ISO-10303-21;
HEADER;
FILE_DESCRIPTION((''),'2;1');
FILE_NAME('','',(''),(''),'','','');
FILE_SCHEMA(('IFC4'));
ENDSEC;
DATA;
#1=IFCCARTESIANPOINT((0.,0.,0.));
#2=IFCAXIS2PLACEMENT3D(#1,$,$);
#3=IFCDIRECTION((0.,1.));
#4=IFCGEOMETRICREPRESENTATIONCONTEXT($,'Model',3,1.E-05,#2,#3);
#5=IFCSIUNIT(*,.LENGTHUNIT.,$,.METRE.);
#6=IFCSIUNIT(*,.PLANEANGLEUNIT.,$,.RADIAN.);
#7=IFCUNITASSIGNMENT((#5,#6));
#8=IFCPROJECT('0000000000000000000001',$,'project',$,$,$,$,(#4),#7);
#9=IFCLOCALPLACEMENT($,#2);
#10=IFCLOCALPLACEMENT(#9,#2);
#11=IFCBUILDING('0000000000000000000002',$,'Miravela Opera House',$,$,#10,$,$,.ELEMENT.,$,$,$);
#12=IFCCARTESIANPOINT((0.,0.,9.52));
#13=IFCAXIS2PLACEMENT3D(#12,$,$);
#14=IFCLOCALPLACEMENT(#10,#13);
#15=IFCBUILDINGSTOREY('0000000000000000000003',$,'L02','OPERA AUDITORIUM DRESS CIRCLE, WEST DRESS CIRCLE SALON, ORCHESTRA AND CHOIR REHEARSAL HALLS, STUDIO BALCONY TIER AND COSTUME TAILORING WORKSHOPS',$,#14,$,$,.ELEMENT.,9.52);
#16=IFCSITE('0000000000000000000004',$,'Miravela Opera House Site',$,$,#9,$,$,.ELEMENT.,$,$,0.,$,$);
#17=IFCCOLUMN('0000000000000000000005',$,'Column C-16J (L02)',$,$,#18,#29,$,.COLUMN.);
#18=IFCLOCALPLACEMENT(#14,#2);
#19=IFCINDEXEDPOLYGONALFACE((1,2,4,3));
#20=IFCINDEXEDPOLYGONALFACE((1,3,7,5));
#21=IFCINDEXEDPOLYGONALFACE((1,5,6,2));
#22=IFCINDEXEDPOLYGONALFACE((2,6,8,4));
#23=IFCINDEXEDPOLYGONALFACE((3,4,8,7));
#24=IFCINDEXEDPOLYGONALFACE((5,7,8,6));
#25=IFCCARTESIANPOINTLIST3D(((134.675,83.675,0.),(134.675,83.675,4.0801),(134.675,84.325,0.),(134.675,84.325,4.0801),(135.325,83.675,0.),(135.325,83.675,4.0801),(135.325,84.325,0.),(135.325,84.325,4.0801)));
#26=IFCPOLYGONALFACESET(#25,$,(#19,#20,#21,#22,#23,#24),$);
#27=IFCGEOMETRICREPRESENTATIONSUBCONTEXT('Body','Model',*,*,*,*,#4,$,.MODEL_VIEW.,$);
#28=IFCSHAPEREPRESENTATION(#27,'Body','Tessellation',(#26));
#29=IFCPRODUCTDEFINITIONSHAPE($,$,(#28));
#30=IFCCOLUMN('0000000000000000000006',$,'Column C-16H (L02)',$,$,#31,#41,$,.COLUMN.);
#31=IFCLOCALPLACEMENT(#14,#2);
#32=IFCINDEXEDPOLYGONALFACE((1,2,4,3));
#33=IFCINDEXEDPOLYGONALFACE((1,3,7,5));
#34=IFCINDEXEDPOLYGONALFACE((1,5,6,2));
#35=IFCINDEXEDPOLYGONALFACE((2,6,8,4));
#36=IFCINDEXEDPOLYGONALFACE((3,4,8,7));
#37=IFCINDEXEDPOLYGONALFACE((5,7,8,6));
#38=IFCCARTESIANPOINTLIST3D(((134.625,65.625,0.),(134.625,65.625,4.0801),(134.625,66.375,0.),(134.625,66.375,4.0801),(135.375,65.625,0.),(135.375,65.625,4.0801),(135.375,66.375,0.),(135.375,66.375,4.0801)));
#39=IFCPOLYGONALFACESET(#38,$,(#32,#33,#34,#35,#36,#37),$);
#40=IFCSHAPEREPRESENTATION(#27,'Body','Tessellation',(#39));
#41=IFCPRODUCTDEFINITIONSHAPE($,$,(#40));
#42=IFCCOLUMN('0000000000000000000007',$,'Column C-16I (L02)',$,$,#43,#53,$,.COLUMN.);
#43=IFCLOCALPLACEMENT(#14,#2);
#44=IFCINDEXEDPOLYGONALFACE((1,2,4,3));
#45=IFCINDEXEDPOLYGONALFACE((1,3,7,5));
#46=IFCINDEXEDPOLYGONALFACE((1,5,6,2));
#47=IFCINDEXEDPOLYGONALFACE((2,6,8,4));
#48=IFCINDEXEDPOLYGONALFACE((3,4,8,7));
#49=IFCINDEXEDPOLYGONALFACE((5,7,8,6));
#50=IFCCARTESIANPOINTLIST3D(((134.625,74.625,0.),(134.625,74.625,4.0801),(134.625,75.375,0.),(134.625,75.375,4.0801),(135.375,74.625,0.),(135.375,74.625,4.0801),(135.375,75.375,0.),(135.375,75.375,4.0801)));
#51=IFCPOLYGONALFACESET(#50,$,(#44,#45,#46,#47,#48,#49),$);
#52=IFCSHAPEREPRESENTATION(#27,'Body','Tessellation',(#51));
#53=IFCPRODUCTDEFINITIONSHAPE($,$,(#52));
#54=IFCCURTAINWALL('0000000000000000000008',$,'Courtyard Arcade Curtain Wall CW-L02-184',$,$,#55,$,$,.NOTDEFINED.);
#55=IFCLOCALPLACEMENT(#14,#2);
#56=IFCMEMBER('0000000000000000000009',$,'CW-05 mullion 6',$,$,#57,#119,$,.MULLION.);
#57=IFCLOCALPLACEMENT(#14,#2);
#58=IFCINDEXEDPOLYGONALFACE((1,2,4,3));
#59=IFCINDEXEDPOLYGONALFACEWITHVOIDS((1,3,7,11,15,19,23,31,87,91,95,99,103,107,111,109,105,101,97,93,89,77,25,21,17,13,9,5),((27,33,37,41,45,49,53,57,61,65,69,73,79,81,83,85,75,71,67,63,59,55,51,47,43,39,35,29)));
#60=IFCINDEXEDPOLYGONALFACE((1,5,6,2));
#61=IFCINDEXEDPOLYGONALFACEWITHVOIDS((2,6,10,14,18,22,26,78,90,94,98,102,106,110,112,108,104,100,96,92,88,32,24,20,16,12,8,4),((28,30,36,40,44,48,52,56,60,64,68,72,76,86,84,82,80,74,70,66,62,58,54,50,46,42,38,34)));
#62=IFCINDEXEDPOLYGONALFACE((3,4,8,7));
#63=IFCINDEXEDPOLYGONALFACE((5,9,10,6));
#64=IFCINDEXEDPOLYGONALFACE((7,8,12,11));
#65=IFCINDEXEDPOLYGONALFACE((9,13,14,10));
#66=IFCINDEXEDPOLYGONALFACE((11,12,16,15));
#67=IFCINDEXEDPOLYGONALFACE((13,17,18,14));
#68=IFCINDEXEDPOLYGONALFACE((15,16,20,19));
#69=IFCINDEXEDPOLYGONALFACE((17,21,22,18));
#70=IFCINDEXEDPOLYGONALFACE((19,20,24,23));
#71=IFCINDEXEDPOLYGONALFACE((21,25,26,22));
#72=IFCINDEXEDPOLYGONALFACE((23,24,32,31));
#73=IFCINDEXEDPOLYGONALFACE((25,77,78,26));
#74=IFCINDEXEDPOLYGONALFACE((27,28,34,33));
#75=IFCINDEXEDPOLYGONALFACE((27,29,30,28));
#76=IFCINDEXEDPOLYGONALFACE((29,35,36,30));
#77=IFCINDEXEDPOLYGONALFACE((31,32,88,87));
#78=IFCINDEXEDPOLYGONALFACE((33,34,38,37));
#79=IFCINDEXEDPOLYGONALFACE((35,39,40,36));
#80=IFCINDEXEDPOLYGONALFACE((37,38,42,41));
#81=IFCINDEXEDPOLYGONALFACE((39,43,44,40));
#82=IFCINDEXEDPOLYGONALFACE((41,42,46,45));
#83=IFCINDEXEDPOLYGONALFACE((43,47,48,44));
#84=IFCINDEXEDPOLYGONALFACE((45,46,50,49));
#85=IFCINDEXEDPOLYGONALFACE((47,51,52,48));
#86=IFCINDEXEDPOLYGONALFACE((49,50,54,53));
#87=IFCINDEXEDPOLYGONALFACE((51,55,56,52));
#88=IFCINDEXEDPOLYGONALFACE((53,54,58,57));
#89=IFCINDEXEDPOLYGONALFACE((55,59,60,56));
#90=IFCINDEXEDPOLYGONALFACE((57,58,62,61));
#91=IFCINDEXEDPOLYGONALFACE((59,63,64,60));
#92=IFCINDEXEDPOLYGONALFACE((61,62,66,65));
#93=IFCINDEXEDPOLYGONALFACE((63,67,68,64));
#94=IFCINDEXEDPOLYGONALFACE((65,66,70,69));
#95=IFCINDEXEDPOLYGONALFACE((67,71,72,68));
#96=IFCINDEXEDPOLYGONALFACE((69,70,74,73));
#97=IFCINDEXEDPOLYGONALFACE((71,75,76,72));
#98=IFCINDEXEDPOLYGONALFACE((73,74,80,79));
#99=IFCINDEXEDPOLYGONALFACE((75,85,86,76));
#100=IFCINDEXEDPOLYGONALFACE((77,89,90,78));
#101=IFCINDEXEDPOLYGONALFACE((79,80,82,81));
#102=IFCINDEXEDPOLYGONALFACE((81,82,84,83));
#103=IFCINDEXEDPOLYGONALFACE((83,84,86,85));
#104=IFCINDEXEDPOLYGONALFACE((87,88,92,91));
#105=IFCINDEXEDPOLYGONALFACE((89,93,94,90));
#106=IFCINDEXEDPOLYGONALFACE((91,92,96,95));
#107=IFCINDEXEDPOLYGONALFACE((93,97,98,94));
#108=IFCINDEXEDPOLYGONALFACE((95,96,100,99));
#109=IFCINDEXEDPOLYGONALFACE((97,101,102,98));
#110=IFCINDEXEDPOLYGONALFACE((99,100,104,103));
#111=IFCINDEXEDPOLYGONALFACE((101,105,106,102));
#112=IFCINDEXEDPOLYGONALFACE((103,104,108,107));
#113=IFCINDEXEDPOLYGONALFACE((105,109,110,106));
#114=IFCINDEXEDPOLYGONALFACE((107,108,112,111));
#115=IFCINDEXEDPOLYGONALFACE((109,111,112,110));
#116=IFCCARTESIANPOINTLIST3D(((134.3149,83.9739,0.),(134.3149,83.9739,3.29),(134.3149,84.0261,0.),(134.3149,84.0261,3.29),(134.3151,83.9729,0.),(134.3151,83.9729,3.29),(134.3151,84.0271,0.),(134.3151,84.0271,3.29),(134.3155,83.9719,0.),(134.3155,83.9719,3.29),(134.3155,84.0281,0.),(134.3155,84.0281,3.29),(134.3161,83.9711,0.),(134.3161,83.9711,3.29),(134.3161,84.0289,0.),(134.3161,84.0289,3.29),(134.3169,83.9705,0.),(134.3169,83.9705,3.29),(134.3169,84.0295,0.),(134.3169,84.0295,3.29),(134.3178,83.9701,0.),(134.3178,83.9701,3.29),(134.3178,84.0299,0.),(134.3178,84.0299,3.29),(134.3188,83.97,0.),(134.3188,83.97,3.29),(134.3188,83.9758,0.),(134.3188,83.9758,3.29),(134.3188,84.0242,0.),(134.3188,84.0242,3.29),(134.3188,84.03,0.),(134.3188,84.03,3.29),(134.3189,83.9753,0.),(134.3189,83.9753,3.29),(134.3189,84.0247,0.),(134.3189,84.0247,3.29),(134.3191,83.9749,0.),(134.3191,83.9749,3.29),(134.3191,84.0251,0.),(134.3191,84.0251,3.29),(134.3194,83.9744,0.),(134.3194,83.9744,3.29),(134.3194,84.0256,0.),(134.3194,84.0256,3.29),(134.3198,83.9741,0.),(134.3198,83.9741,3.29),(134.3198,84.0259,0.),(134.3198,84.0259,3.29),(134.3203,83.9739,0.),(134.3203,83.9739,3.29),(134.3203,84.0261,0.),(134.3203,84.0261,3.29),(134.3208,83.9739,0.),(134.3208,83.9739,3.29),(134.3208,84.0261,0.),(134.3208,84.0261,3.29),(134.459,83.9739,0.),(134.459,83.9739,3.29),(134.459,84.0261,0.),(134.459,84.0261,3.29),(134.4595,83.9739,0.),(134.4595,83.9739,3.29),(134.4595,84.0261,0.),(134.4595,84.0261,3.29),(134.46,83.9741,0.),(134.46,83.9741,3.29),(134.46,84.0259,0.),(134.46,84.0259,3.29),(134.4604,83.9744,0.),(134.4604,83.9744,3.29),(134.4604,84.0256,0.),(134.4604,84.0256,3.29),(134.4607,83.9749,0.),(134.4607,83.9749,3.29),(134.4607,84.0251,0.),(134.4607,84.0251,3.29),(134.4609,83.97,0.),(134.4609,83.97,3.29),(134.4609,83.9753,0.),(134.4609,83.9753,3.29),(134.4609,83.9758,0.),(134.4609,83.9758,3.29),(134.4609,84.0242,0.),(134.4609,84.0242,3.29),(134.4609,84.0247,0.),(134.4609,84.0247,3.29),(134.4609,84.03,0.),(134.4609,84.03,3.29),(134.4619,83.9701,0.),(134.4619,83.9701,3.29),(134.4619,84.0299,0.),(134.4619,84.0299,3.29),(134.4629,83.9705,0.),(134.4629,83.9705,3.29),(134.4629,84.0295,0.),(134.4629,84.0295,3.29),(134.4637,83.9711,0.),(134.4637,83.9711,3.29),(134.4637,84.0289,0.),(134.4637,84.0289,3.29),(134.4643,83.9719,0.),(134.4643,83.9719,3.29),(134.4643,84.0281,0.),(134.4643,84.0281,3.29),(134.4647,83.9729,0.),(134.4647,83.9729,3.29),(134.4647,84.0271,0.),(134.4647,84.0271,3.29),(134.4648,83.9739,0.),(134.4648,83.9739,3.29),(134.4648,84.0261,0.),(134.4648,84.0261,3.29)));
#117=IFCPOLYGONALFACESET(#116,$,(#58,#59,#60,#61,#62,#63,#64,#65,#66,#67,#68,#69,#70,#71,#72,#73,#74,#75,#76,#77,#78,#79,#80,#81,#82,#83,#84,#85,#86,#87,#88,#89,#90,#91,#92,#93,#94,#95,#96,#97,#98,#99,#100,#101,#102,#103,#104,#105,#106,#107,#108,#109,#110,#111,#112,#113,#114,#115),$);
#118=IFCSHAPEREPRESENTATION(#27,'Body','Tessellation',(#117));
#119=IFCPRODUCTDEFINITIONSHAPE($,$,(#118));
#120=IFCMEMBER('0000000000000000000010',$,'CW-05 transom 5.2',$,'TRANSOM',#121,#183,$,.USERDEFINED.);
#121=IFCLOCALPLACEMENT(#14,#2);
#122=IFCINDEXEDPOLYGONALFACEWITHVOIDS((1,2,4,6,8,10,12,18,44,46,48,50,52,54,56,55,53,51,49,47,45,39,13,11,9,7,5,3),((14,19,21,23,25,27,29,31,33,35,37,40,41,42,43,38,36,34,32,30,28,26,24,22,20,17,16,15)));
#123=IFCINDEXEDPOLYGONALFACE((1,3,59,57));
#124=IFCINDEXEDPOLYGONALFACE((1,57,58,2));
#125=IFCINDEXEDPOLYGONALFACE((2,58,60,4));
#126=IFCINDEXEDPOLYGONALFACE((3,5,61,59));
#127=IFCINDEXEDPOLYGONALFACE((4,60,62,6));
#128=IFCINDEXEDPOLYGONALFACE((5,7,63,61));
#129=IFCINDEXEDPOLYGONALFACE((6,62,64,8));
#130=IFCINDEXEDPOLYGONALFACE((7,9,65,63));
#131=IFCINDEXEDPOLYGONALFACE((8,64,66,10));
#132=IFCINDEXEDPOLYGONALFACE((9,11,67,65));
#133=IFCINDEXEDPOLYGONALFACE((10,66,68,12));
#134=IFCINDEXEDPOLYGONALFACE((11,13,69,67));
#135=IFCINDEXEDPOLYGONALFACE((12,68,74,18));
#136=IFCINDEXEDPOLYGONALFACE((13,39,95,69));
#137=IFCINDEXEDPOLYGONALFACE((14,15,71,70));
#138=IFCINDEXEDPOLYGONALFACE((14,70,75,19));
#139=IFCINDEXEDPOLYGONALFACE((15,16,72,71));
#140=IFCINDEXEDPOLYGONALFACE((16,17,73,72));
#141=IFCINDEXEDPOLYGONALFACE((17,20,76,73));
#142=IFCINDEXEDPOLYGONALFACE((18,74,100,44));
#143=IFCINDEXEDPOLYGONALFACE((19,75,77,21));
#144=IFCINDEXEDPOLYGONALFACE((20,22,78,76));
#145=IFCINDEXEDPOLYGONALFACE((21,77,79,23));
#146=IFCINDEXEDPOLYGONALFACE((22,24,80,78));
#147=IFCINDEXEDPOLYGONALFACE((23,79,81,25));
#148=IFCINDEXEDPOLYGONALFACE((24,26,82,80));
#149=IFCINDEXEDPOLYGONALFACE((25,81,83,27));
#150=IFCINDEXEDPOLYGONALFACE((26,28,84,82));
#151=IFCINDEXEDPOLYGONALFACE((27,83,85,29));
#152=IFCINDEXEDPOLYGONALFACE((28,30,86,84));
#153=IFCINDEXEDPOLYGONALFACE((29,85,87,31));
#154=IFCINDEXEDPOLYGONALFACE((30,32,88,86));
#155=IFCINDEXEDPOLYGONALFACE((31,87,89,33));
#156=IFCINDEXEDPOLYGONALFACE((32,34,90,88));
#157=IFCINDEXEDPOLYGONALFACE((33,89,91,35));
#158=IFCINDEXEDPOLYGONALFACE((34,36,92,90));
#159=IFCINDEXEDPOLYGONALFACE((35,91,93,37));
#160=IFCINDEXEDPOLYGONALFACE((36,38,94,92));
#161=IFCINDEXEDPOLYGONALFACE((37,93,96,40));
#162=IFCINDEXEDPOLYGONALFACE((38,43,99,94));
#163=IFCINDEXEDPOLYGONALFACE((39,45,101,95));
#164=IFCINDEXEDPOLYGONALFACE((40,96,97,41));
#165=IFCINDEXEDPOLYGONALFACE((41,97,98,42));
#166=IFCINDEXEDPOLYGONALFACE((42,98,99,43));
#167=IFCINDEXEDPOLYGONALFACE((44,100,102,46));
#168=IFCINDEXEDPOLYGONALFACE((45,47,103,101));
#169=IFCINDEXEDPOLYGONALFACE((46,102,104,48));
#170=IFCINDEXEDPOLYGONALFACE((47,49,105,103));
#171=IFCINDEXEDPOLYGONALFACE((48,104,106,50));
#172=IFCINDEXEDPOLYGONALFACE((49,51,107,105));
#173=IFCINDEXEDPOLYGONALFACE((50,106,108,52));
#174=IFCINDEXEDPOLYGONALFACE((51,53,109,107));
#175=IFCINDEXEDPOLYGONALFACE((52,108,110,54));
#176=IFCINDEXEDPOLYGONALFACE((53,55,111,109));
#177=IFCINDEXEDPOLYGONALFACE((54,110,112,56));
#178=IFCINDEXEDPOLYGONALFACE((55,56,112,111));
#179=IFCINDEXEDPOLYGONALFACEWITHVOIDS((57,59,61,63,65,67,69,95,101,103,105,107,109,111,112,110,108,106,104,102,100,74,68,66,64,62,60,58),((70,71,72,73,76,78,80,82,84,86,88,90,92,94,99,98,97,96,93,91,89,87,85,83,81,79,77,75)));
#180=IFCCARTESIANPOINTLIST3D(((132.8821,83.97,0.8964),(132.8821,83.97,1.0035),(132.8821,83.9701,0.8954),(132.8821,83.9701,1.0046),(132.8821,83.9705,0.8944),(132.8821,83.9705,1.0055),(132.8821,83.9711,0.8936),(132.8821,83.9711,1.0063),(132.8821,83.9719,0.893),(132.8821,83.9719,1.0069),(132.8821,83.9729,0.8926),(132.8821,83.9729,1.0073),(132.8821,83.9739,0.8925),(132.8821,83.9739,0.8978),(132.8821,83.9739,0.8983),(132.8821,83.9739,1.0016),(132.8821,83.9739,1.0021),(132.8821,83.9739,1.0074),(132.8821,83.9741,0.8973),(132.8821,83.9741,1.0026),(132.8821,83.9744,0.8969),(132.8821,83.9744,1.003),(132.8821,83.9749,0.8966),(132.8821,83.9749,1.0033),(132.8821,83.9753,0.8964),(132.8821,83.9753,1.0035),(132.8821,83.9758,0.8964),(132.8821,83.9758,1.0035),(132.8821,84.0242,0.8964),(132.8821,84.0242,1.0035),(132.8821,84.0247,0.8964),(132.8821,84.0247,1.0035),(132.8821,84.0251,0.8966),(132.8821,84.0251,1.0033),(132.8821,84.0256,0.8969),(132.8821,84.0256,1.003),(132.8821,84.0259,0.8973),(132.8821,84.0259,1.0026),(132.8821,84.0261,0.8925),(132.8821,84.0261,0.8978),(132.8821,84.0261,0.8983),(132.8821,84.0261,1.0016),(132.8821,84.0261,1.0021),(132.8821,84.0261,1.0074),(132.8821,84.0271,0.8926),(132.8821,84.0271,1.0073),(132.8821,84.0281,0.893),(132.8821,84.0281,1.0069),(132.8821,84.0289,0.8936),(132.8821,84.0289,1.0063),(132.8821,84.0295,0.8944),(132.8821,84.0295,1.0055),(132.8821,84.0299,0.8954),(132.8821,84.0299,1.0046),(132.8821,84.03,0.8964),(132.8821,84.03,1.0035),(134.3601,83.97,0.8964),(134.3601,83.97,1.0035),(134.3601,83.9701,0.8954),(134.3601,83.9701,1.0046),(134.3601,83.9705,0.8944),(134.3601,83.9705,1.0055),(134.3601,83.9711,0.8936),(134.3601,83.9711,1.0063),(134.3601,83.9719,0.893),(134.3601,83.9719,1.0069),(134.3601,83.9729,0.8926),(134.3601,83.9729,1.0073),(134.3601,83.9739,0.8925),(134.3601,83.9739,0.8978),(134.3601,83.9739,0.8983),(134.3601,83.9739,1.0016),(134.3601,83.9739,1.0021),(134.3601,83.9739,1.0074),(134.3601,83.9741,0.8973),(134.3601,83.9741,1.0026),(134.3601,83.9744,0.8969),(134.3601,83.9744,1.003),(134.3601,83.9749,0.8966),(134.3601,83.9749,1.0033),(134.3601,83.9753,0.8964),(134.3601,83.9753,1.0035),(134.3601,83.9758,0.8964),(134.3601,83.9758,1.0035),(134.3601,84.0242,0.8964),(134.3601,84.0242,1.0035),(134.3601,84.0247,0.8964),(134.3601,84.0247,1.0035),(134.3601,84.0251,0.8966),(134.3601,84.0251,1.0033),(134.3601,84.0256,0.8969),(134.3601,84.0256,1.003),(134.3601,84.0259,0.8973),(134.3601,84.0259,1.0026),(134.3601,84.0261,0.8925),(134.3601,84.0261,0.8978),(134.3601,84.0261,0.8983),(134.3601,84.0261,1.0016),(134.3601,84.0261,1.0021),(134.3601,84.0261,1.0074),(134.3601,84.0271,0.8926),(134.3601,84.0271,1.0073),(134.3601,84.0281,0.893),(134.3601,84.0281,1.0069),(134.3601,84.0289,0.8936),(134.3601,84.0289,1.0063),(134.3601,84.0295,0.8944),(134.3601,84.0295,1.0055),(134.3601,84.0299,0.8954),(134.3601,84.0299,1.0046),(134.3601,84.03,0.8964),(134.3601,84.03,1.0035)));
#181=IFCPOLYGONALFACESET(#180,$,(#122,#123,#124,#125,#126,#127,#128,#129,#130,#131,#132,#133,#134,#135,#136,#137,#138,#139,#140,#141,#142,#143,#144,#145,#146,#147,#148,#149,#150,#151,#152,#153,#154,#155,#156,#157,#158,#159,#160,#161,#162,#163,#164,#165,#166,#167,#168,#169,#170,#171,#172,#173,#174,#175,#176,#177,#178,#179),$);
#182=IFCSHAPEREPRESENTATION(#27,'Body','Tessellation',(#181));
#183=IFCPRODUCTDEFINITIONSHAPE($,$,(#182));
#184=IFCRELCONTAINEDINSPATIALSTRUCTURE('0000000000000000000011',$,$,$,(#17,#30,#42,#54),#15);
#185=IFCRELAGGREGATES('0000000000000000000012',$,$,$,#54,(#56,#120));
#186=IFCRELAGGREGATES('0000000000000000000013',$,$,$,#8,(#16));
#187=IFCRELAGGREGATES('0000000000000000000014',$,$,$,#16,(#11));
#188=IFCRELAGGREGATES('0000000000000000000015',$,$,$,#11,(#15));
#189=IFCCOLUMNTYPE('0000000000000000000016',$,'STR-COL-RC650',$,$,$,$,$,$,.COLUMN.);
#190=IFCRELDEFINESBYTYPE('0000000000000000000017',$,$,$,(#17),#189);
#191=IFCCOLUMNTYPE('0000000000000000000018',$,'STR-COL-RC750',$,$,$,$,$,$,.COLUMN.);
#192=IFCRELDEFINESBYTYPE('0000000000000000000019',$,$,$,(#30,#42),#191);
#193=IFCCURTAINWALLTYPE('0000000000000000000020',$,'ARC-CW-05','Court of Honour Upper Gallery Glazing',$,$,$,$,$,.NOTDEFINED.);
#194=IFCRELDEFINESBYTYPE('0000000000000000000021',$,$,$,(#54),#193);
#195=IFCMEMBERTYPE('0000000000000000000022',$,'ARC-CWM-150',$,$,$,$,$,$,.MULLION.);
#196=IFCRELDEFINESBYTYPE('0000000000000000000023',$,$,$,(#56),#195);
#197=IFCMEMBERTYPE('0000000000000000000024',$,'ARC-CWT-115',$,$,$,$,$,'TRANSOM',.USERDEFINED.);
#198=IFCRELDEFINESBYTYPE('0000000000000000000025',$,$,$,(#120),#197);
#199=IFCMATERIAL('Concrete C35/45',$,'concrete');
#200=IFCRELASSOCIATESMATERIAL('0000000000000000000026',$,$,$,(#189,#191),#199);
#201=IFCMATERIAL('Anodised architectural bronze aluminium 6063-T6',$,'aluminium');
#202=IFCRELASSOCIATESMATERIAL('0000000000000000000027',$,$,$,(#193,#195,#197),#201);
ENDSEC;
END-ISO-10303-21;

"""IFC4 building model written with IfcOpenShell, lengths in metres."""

from ifc_helpers import new_model, si_unit, direction, frame, origin, origin_2d, place, context, subcontext, project, spatial, rectangle, hollow_rectangle, extrude, material, material_profile, profile_set, type_object, element, aggregate, save


model = new_model("IFC4")

# Units and contexts
model_context = context("Model", 3, precision=1e-05, world=origin(), true_north=direction((0.0, 1.0)))
body_context = subcontext(model_context, "Body", "Model", "MODEL_VIEW")
ifc_project = project(units=[si_unit("LENGTHUNIT", "METRE"), si_unit("PLANEANGLEUNIT", "RADIAN")], contexts=[model_context])

# Site, building, storey
site_placement = place(None, origin())
site = spatial("IfcSite", under=ifc_project, at=site_placement, Name="Miravela Opera House Site", CompositionType="ELEMENT", RefElevation=0.0)
building_placement = place(site_placement, origin())
building = spatial("IfcBuilding", under=site, at=building_placement, Name="Miravela Opera House", CompositionType="ELEMENT")
storey_placement = place(building_placement, frame((0.0, 0.0, 9.52)))
storey = spatial("IfcBuildingStorey", under=building, at=storey_placement, Name="L02", Description="OPERA AUDITORIUM DRESS CIRCLE, WEST DRESS CIRCLE SALON, ORCHESTRA AND CHOIR REHEARSAL HALLS, STUDIO BALCONY TIER AND COSTUME TAILORING WORKSHOPS", CompositionType="ELEMENT", Elevation=9.52)

# Columns
ifc_material_1 = material(Name="Concrete C35/45", Category="concrete")
ifc_material_profile_1 = material_profile(ifc_material_1, rectangle(XDim=0.6499, YDim=0.6499, at=origin_2d()), Name="RC-COL-650X650")
ifc_profile_set_1 = profile_set([ifc_material_profile_1])
column_type_1 = type_object("IfcColumnType", Name="STR-COL-RC650", PredefinedType="COLUMN", material=ifc_profile_set_1)
column_placement = place(storey_placement, frame((135.0, 84.0, 0.0), z_axis=(0.0, 0.0, 1.0), x_axis=(1.0, 0.0, 0.0)))
element("IfcColumn", 1, at=column_placement, inside=storey, type_object=column_type_1, Name="Column C-16J (L02)", PredefinedType="COLUMN", context=body_context, shape_type="SweptSolid", body=[
    extrude(rectangle(XDim=0.6499, YDim=0.6499, at=origin_2d()), origin(), (0.0, 0.0, 1.0), 4.0801),
])
ifc_material_profile_2 = material_profile(ifc_material_1, rectangle(XDim=0.75, YDim=0.75, at=origin_2d()), Name="RC-COL-750X750")
ifc_profile_set_2 = profile_set([ifc_material_profile_2])
column_type_2 = type_object("IfcColumnType", Name="STR-COL-RC750", PredefinedType="COLUMN", material=ifc_profile_set_2)
for number, where, z_axis, x_axis, name in (
    (2, (135.0, 66.0, 0.0), (0.0, 0.0, 1.0), (1.0, 0.0, 0.0), "Column C-16H (L02)"),
    (3, (135.0, 75.0, 0.0), (0.0, 0.0, 1.0), (1.0, 0.0, 0.0), "Column C-16I (L02)"),
):
    element("IfcColumn", number, at=place(storey_placement, frame(where, z_axis=z_axis, x_axis=x_axis)), inside=storey, type_object=column_type_2, Name=name, PredefinedType="COLUMN", context=body_context, shape_type="SweptSolid", body=[
        extrude(rectangle(XDim=0.75, YDim=0.75, at=origin_2d()), origin(), (0.0, 0.0, 1.0), 4.0801),
    ])

# Curtain wall, members
ifc_material_2 = material(Name="Anodised architectural bronze aluminium 6063-T6", Category="aluminium")
curtain_wall_type = type_object("IfcCurtainWallType", Name="ARC-CW-05", Description="Court of Honour Upper Gallery Glazing", PredefinedType="NOTDEFINED", material=ifc_material_2)
curtain_wall_placement = place(storey_placement, origin())
curtain_wall = element("IfcCurtainWall", 4, at=curtain_wall_placement, inside=storey, type_object=curtain_wall_type, Name="Courtyard Arcade Curtain Wall CW-L02-184", PredefinedType="NOTDEFINED")
ifc_material_profile_3 = material_profile(ifc_material_2, hollow_rectangle(XDim=0.0601, YDim=0.1499, WallThickness=0.0039, InnerFilletRadius=0.002, OuterFilletRadius=0.0039, at=origin_2d()), Name="CWM-60X150")
ifc_profile_set_3 = profile_set([ifc_material_profile_3])
member_type_1 = type_object("IfcMemberType", Name="ARC-CWM-150", PredefinedType="MULLION", material=ifc_profile_set_3)
member_1_placement = place(storey_placement, frame((134.3899, 84.0, 0.0), z_axis=(0.0, 0.0, 1.0), x_axis=(0.0, 1.0, 0.0)))
member_1 = element("IfcMember", 5, at=member_1_placement, type_object=member_type_1, Name="CW-05 mullion 6", PredefinedType="MULLION", context=body_context, shape_type="SweptSolid", body=[
    extrude(hollow_rectangle(XDim=0.0601, YDim=0.1499, WallThickness=0.0039, InnerFilletRadius=0.002, OuterFilletRadius=0.0039, at=origin_2d()), origin(), (0.0, 0.0, 1.0), 3.29),
])
ifc_material_profile_4 = material_profile(ifc_material_2, hollow_rectangle(XDim=0.0601, YDim=0.115, WallThickness=0.0039, InnerFilletRadius=0.002, OuterFilletRadius=0.0039, at=origin_2d()), Name="CWT-60X115")
ifc_profile_set_4 = profile_set([ifc_material_profile_4])
member_type_2 = type_object("IfcMemberType", Name="ARC-CWT-115", ElementType="TRANSOM", PredefinedType="USERDEFINED", material=ifc_profile_set_4)
member_2_placement = place(storey_placement, frame((132.8821, 84.0, 0.95), z_axis=(1.0, 0.0, 0.0), x_axis=(0.0, 1.0, 0.0)))
member_2 = element("IfcMember", 6, at=member_2_placement, type_object=member_type_2, Name="CW-05 transom 5.2", ObjectType="TRANSOM", PredefinedType="USERDEFINED", context=body_context, shape_type="SweptSolid", body=[
    extrude(hollow_rectangle(XDim=0.0601, YDim=0.115, WallThickness=0.0039, InnerFilletRadius=0.002, OuterFilletRadius=0.0039, at=origin_2d()), origin(), (0.0, 0.0, 1.0), 1.478),
])

aggregate(curtain_wall, [member_1, member_2])

save(model, "model.ifc")
